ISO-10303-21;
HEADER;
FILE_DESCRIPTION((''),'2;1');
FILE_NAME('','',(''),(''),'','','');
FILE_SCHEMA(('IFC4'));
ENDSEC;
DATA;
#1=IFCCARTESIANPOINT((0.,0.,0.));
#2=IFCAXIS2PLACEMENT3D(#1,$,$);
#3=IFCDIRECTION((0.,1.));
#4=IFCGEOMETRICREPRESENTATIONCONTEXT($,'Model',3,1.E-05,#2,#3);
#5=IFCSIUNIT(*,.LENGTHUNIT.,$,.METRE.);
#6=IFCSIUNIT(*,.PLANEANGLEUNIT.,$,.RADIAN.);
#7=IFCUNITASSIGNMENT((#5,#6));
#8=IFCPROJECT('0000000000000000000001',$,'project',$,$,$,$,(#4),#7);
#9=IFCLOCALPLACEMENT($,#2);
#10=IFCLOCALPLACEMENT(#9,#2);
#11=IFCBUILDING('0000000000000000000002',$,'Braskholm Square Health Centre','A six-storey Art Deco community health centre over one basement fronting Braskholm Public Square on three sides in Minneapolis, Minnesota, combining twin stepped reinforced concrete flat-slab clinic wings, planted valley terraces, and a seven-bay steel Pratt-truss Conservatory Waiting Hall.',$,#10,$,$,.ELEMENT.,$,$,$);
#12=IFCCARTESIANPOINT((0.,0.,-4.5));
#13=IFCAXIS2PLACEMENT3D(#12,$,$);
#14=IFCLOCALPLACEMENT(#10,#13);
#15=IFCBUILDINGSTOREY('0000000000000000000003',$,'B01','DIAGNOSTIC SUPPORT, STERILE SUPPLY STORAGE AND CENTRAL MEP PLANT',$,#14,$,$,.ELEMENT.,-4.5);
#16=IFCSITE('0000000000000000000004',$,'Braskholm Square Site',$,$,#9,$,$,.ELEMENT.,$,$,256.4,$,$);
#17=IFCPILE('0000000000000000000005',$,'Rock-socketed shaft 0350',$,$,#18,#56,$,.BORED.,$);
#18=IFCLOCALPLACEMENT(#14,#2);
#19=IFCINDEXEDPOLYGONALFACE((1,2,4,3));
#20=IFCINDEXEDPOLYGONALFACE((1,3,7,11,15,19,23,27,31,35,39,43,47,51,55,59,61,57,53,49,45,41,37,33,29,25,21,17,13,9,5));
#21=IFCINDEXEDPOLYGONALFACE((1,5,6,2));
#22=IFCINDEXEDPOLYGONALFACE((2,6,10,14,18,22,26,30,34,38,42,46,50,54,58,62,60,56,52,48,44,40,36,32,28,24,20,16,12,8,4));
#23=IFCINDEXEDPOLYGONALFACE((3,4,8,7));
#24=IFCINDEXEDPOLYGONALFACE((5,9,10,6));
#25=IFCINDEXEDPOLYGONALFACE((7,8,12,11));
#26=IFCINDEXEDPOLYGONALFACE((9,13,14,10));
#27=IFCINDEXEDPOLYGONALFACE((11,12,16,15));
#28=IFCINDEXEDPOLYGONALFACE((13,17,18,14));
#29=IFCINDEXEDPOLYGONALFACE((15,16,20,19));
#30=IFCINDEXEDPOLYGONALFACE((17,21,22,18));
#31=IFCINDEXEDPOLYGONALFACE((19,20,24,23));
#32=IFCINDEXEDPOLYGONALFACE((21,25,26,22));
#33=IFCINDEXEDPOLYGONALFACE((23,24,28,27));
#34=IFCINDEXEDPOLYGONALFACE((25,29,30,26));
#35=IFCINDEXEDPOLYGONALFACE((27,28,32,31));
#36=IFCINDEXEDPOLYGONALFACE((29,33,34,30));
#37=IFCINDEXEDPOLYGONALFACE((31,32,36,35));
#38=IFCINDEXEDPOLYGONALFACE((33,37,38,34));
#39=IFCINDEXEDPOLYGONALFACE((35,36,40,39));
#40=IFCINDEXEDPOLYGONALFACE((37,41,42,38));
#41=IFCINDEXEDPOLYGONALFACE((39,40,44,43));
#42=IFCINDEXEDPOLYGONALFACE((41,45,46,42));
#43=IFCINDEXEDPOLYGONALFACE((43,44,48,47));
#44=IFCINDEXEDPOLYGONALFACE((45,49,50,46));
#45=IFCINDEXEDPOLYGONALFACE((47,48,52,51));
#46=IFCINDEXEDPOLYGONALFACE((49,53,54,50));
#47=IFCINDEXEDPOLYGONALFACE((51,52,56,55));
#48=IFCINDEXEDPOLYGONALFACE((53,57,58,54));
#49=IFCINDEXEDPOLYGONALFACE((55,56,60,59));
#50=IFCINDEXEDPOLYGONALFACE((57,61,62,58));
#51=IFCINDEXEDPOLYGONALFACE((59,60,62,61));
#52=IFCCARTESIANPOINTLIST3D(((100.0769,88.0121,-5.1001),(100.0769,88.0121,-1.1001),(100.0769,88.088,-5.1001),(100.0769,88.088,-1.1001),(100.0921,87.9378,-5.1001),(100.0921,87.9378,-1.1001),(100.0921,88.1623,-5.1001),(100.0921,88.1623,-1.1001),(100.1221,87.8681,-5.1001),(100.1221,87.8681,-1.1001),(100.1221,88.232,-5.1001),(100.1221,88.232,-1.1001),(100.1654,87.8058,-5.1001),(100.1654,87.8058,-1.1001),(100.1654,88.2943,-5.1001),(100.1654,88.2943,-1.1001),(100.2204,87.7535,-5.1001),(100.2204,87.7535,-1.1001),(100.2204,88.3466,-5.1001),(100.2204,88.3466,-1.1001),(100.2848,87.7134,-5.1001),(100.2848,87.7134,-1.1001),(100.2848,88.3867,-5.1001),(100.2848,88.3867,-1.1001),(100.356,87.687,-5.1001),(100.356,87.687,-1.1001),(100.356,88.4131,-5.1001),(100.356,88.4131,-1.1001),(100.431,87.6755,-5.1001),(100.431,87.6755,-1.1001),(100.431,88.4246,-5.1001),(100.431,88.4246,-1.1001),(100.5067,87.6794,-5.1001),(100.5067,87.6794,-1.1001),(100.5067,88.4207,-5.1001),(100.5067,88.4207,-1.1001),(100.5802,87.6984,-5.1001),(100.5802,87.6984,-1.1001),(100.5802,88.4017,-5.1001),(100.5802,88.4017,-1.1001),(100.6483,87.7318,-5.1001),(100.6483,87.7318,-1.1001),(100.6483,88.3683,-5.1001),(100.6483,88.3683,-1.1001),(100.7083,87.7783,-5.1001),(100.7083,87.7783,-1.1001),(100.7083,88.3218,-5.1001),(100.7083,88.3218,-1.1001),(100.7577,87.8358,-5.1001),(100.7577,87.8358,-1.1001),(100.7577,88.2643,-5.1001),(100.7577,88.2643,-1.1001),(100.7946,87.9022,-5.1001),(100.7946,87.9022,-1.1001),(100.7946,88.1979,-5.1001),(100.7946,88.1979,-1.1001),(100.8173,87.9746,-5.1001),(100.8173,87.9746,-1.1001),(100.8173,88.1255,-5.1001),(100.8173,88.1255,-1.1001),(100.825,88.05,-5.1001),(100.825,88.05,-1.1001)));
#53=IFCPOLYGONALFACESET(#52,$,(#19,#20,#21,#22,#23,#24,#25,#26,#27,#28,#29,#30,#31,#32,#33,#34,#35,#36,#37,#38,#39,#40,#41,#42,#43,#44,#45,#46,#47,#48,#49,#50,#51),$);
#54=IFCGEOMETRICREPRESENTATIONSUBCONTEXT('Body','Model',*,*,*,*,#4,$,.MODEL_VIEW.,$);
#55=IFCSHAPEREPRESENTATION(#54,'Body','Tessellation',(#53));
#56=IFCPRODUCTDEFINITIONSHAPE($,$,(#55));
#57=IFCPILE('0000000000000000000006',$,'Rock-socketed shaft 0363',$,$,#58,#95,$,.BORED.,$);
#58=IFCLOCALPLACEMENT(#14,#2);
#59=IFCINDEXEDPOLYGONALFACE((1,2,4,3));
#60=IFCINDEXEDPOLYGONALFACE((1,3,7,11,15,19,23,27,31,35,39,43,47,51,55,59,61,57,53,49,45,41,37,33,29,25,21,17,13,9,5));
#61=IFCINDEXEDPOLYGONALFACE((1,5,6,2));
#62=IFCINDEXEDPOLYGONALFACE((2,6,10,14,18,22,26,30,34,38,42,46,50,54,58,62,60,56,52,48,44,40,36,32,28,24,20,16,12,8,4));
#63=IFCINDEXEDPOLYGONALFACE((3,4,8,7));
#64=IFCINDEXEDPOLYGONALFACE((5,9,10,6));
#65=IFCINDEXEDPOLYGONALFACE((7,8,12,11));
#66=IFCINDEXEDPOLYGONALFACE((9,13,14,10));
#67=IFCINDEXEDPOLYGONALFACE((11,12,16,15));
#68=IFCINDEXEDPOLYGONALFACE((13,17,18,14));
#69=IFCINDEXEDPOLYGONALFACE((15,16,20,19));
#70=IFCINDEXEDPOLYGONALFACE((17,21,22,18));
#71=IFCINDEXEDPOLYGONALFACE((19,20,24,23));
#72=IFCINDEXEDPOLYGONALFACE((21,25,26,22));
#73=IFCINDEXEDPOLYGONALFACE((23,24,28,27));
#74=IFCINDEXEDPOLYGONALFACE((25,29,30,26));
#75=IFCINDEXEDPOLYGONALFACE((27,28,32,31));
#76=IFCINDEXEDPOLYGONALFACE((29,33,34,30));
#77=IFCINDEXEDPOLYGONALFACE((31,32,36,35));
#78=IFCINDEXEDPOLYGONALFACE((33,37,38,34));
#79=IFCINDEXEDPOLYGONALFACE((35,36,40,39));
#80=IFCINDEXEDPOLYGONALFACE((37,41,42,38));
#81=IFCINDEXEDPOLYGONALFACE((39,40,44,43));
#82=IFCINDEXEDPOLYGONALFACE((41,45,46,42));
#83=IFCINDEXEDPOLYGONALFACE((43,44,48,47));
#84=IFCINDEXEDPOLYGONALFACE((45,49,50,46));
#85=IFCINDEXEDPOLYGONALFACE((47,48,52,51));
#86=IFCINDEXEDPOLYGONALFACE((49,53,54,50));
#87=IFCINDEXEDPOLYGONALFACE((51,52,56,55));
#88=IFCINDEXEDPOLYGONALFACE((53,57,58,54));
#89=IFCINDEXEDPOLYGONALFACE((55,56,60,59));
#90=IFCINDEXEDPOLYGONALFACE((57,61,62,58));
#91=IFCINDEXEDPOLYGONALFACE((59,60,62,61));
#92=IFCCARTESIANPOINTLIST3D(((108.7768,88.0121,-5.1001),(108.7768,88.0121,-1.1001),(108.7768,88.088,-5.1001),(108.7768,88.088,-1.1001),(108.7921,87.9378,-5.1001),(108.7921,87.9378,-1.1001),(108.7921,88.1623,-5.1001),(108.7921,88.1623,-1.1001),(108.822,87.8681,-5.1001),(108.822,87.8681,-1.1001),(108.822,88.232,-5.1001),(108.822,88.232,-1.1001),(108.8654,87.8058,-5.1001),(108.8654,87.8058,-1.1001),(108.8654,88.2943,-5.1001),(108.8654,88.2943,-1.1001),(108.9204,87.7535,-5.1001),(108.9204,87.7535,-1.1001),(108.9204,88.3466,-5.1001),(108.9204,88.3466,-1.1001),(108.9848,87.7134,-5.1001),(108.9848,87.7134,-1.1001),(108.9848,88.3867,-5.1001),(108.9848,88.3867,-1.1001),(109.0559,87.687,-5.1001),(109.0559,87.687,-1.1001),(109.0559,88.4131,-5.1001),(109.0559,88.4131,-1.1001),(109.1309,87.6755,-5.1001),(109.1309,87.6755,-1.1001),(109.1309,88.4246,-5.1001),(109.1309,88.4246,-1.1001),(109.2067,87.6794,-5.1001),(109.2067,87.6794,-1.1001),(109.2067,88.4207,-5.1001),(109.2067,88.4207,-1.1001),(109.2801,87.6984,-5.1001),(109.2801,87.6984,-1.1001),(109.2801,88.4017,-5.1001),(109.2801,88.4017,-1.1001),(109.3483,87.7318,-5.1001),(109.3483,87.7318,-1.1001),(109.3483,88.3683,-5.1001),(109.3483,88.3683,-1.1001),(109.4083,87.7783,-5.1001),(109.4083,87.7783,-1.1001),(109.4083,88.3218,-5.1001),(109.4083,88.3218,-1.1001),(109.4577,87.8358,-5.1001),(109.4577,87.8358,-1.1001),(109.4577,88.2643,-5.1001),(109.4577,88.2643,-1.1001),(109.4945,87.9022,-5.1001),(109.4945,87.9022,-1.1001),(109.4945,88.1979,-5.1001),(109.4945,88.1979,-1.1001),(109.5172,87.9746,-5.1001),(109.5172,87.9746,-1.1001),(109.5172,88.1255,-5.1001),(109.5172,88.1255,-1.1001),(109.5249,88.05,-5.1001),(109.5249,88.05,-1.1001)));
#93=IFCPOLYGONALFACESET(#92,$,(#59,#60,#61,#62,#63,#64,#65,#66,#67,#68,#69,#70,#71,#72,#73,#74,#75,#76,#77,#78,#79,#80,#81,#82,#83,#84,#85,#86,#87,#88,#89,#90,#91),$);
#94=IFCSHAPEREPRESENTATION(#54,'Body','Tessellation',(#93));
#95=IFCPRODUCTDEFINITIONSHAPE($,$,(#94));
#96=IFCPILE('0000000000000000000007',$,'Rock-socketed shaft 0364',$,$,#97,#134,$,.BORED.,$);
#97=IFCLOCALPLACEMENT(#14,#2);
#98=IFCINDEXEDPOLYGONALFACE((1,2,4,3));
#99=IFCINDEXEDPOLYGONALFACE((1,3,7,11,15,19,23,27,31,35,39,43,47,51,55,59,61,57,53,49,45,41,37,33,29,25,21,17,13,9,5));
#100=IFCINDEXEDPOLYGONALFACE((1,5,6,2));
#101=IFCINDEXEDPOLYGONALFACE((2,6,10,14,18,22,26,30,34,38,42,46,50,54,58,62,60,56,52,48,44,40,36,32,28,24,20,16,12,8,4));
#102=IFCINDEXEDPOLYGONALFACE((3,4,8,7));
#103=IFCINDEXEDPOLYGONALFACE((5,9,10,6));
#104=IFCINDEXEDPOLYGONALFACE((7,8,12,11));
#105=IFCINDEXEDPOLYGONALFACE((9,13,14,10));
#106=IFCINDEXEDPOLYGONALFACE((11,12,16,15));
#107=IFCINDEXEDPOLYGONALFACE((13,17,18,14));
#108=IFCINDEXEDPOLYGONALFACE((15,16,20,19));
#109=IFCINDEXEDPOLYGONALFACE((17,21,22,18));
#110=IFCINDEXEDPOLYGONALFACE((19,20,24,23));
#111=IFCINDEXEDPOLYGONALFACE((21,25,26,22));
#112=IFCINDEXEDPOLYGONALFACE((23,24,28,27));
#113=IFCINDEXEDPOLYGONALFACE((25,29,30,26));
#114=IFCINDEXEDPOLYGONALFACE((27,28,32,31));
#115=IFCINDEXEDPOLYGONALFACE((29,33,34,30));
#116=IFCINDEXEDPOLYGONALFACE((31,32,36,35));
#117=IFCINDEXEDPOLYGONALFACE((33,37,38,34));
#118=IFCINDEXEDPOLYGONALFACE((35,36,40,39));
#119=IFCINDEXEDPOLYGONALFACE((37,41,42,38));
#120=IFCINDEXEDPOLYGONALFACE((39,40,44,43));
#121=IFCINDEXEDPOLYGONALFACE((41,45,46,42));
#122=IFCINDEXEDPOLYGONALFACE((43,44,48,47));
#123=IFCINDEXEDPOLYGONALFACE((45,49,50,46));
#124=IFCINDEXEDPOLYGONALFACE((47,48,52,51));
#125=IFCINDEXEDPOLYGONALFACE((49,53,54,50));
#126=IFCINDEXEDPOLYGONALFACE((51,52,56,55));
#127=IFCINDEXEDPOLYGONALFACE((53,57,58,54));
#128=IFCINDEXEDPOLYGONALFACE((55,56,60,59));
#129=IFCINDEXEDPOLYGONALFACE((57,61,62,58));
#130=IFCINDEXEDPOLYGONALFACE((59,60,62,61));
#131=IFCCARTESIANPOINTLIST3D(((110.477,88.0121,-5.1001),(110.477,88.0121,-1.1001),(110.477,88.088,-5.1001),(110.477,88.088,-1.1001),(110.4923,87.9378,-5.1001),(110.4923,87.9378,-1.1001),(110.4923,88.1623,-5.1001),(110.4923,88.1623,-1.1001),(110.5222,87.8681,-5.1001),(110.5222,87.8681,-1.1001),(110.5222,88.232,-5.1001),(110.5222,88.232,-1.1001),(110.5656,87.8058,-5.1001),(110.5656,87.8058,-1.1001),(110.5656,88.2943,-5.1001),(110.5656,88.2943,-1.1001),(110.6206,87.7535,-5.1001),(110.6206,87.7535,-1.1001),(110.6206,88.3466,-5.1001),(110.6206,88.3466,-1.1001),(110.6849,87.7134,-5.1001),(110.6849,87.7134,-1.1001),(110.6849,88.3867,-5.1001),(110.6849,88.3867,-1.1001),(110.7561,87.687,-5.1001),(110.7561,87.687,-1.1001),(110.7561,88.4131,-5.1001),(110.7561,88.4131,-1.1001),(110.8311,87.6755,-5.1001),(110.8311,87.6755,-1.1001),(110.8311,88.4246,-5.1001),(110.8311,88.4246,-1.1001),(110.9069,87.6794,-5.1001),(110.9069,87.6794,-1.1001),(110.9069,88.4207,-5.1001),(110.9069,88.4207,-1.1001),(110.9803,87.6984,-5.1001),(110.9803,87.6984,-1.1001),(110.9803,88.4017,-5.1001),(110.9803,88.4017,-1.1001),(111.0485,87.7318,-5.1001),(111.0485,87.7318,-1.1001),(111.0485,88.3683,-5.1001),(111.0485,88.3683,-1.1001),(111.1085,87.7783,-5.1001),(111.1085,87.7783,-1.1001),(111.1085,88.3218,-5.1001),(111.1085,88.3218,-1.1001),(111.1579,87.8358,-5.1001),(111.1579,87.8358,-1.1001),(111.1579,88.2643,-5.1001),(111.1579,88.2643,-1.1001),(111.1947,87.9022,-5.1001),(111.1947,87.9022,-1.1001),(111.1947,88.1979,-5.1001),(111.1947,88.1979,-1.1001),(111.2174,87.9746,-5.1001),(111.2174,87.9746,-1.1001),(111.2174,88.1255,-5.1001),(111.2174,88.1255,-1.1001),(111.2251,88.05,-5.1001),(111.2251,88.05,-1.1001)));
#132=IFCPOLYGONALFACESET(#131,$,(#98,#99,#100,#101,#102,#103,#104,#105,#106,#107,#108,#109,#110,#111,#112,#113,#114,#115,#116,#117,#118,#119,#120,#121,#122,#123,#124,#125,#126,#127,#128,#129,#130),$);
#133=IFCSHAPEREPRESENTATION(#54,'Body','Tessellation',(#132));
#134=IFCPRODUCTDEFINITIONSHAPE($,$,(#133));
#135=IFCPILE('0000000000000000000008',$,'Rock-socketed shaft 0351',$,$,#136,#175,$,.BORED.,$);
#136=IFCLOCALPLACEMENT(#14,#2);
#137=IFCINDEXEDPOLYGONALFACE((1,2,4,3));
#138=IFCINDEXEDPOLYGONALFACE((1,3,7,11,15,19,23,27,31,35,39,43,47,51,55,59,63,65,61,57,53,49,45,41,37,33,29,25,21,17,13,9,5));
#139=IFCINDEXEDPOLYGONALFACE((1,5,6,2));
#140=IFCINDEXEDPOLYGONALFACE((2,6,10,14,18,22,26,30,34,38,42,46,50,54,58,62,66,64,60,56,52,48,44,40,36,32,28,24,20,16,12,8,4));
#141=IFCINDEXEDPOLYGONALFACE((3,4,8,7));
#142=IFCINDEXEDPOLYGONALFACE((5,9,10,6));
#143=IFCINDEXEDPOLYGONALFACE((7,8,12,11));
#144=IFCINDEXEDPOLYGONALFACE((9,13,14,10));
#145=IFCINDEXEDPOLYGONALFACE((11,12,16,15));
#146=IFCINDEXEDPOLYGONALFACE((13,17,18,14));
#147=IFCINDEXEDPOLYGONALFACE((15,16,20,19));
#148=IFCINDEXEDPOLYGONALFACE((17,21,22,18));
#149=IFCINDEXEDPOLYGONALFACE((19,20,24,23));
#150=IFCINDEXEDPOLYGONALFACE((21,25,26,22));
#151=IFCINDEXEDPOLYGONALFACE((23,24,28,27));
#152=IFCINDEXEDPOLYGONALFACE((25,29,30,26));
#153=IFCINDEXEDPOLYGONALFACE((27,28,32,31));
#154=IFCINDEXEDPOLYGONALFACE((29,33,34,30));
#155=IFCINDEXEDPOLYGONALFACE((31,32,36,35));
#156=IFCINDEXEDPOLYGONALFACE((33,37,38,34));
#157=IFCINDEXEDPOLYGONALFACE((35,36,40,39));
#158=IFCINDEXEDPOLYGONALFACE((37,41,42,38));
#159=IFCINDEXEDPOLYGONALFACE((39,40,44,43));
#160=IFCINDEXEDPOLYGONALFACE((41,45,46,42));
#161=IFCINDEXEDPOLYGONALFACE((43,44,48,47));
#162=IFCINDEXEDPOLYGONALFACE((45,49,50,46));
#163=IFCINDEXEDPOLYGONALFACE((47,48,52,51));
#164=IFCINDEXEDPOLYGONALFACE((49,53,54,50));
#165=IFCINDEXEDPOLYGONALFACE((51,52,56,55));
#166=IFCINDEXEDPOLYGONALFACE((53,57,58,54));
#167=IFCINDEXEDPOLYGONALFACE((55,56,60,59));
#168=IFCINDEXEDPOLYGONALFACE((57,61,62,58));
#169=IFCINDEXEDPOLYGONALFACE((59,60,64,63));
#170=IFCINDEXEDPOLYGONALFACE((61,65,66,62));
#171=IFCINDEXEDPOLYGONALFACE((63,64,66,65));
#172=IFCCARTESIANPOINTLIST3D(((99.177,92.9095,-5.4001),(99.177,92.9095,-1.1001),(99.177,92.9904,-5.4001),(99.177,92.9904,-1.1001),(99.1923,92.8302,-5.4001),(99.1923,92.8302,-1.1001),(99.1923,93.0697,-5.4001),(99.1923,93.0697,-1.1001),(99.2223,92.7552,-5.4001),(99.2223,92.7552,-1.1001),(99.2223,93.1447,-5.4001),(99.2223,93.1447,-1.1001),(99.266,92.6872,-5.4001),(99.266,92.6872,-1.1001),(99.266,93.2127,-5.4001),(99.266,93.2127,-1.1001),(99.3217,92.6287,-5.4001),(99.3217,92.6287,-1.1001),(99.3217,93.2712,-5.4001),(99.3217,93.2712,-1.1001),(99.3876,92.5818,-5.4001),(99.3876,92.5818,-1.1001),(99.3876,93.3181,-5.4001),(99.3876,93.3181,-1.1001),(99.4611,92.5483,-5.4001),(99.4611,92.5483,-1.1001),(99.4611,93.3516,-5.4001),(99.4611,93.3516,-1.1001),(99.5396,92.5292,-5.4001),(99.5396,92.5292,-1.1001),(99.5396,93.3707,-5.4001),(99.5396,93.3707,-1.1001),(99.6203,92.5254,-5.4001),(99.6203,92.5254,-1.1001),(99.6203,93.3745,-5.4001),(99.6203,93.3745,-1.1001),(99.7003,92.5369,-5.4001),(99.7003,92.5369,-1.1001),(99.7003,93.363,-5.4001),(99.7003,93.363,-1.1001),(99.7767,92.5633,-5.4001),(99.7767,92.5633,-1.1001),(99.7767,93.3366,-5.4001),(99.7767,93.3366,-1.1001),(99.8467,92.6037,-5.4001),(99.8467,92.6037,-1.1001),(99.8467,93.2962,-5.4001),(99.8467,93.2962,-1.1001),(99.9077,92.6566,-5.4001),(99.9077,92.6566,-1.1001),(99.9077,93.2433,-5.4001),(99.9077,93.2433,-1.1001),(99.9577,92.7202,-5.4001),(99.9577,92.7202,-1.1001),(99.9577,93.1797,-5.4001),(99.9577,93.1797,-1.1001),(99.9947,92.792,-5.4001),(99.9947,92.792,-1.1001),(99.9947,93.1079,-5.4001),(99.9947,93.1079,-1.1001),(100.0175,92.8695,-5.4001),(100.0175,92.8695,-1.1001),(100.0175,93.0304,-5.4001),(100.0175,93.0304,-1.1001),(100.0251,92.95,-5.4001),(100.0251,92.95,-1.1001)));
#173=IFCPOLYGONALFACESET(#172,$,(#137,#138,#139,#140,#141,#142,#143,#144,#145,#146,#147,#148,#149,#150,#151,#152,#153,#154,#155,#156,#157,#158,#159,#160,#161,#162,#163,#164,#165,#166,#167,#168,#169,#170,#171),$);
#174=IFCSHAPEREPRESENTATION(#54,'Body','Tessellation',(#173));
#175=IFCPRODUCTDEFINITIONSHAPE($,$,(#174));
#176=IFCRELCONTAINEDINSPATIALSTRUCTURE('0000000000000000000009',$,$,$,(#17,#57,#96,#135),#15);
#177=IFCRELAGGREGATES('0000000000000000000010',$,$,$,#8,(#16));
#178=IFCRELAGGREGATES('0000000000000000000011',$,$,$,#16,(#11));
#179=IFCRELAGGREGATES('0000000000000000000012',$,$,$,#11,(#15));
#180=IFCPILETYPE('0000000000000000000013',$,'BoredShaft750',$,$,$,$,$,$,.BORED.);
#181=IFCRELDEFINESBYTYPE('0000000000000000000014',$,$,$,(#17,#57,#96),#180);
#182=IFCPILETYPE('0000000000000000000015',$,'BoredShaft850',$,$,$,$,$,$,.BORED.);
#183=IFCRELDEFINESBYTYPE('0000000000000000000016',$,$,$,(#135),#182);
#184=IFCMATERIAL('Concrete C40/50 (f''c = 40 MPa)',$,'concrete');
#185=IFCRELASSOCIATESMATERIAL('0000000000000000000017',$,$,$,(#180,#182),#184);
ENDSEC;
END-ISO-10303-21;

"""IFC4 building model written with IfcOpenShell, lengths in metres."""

from ifc_helpers import new_model, si_unit, direction, frame, origin, origin_2d, place, context, subcontext, project, spatial, circle, extrude, material, material_profile, profile_set, type_object, element, save


model = new_model("IFC4")

# Units and contexts
model_context = context("Model", 3, precision=1e-05, world=origin(), true_north=direction((0.0, 1.0)))
body_context = subcontext(model_context, "Body", "Model", "MODEL_VIEW")
ifc_project = project(units=[si_unit("LENGTHUNIT", "METRE"), si_unit("PLANEANGLEUNIT", "RADIAN")], contexts=[model_context])

# Site, building, storey
site_placement = place(None, origin())
site = spatial("IfcSite", under=ifc_project, at=site_placement, Name="Braskholm Square Site", CompositionType="ELEMENT", RefElevation=256.4)
building_placement = place(site_placement, origin())
building = spatial("IfcBuilding", under=site, at=building_placement, Name="Braskholm Square Health Centre", Description="A six-storey Art Deco community health centre over one basement fronting Braskholm Public Square on three sides in Minneapolis, Minnesota, combining twin stepped reinforced concrete flat-slab clinic wings, planted valley terraces, and a seven-bay steel Pratt-truss Conservatory Waiting Hall.", CompositionType="ELEMENT")
storey_placement = place(building_placement, frame((0.0, 0.0, -4.5)))
storey = spatial("IfcBuildingStorey", under=building, at=storey_placement, Name="B01", Description="DIAGNOSTIC SUPPORT, STERILE SUPPLY STORAGE AND CENTRAL MEP PLANT", CompositionType="ELEMENT", Elevation=-4.5)

# Piles
ifc_material_1 = material(Name="Concrete C40/50 (f'c = 40 MPa)", Category="concrete")
ifc_material_profile_1 = material_profile(ifc_material_1, circle(Radius=0.375, at=origin_2d()), Name="BORED-PILE-750")
ifc_profile_set_1 = profile_set([ifc_material_profile_1], Name="Concrete C40/50 (f'c = 40 MPa)")
pile_type_1 = type_object("IfcPileType", Name="BoredShaft750", PredefinedType="BORED", material=ifc_profile_set_1)
for number, where, z_axis, x_axis, name in (
    (1, (100.45, 88.05, -1.1001), (0.0, 0.0, -1.0), (1.0, 0.0, 0.0), "Rock-socketed shaft 0350"),
    (2, (109.1499, 88.05, -1.1001), (0.0, 0.0, -1.0), (1.0, 0.0, 0.0), "Rock-socketed shaft 0363"),
    (3, (110.8501, 88.05, -1.1001), (0.0, 0.0, -1.0), (1.0, 0.0, 0.0), "Rock-socketed shaft 0364"),
):
    element("IfcPile", number, at=place(storey_placement, frame(where, z_axis=z_axis, x_axis=x_axis)), inside=storey, type_object=pile_type_1, Name=name, PredefinedType="BORED", context=body_context, shape_type="SweptSolid", body=[
        extrude(circle(Radius=0.375, at=origin_2d()), origin(), (0.0, 0.0, 1.0), 4.0),
    ])
ifc_material_profile_2 = material_profile(ifc_material_1, circle(Radius=0.425, at=origin_2d()), Name="BORED-PILE-850")
ifc_profile_set_2 = profile_set([ifc_material_profile_2], Name="Concrete C40/50 (f'c = 40 MPa)")
pile_type_2 = type_object("IfcPileType", Name="BoredShaft850", PredefinedType="BORED", material=ifc_profile_set_2)
for number, where, z_axis, x_axis, name in (
    (4, (99.6001, 92.95, -1.1001), (0.0, 0.0, -1.0), (1.0, 0.0, 0.0), "Rock-socketed shaft 0351"),
):
    element("IfcPile", number, at=place(storey_placement, frame(where, z_axis=z_axis, x_axis=x_axis)), inside=storey, type_object=pile_type_2, Name=name, PredefinedType="BORED", context=body_context, shape_type="SweptSolid", body=[
        extrude(circle(Radius=0.425, at=origin_2d()), origin(), (0.0, 0.0, 1.0), 4.3),
    ])

save(model, "model.ifc")
